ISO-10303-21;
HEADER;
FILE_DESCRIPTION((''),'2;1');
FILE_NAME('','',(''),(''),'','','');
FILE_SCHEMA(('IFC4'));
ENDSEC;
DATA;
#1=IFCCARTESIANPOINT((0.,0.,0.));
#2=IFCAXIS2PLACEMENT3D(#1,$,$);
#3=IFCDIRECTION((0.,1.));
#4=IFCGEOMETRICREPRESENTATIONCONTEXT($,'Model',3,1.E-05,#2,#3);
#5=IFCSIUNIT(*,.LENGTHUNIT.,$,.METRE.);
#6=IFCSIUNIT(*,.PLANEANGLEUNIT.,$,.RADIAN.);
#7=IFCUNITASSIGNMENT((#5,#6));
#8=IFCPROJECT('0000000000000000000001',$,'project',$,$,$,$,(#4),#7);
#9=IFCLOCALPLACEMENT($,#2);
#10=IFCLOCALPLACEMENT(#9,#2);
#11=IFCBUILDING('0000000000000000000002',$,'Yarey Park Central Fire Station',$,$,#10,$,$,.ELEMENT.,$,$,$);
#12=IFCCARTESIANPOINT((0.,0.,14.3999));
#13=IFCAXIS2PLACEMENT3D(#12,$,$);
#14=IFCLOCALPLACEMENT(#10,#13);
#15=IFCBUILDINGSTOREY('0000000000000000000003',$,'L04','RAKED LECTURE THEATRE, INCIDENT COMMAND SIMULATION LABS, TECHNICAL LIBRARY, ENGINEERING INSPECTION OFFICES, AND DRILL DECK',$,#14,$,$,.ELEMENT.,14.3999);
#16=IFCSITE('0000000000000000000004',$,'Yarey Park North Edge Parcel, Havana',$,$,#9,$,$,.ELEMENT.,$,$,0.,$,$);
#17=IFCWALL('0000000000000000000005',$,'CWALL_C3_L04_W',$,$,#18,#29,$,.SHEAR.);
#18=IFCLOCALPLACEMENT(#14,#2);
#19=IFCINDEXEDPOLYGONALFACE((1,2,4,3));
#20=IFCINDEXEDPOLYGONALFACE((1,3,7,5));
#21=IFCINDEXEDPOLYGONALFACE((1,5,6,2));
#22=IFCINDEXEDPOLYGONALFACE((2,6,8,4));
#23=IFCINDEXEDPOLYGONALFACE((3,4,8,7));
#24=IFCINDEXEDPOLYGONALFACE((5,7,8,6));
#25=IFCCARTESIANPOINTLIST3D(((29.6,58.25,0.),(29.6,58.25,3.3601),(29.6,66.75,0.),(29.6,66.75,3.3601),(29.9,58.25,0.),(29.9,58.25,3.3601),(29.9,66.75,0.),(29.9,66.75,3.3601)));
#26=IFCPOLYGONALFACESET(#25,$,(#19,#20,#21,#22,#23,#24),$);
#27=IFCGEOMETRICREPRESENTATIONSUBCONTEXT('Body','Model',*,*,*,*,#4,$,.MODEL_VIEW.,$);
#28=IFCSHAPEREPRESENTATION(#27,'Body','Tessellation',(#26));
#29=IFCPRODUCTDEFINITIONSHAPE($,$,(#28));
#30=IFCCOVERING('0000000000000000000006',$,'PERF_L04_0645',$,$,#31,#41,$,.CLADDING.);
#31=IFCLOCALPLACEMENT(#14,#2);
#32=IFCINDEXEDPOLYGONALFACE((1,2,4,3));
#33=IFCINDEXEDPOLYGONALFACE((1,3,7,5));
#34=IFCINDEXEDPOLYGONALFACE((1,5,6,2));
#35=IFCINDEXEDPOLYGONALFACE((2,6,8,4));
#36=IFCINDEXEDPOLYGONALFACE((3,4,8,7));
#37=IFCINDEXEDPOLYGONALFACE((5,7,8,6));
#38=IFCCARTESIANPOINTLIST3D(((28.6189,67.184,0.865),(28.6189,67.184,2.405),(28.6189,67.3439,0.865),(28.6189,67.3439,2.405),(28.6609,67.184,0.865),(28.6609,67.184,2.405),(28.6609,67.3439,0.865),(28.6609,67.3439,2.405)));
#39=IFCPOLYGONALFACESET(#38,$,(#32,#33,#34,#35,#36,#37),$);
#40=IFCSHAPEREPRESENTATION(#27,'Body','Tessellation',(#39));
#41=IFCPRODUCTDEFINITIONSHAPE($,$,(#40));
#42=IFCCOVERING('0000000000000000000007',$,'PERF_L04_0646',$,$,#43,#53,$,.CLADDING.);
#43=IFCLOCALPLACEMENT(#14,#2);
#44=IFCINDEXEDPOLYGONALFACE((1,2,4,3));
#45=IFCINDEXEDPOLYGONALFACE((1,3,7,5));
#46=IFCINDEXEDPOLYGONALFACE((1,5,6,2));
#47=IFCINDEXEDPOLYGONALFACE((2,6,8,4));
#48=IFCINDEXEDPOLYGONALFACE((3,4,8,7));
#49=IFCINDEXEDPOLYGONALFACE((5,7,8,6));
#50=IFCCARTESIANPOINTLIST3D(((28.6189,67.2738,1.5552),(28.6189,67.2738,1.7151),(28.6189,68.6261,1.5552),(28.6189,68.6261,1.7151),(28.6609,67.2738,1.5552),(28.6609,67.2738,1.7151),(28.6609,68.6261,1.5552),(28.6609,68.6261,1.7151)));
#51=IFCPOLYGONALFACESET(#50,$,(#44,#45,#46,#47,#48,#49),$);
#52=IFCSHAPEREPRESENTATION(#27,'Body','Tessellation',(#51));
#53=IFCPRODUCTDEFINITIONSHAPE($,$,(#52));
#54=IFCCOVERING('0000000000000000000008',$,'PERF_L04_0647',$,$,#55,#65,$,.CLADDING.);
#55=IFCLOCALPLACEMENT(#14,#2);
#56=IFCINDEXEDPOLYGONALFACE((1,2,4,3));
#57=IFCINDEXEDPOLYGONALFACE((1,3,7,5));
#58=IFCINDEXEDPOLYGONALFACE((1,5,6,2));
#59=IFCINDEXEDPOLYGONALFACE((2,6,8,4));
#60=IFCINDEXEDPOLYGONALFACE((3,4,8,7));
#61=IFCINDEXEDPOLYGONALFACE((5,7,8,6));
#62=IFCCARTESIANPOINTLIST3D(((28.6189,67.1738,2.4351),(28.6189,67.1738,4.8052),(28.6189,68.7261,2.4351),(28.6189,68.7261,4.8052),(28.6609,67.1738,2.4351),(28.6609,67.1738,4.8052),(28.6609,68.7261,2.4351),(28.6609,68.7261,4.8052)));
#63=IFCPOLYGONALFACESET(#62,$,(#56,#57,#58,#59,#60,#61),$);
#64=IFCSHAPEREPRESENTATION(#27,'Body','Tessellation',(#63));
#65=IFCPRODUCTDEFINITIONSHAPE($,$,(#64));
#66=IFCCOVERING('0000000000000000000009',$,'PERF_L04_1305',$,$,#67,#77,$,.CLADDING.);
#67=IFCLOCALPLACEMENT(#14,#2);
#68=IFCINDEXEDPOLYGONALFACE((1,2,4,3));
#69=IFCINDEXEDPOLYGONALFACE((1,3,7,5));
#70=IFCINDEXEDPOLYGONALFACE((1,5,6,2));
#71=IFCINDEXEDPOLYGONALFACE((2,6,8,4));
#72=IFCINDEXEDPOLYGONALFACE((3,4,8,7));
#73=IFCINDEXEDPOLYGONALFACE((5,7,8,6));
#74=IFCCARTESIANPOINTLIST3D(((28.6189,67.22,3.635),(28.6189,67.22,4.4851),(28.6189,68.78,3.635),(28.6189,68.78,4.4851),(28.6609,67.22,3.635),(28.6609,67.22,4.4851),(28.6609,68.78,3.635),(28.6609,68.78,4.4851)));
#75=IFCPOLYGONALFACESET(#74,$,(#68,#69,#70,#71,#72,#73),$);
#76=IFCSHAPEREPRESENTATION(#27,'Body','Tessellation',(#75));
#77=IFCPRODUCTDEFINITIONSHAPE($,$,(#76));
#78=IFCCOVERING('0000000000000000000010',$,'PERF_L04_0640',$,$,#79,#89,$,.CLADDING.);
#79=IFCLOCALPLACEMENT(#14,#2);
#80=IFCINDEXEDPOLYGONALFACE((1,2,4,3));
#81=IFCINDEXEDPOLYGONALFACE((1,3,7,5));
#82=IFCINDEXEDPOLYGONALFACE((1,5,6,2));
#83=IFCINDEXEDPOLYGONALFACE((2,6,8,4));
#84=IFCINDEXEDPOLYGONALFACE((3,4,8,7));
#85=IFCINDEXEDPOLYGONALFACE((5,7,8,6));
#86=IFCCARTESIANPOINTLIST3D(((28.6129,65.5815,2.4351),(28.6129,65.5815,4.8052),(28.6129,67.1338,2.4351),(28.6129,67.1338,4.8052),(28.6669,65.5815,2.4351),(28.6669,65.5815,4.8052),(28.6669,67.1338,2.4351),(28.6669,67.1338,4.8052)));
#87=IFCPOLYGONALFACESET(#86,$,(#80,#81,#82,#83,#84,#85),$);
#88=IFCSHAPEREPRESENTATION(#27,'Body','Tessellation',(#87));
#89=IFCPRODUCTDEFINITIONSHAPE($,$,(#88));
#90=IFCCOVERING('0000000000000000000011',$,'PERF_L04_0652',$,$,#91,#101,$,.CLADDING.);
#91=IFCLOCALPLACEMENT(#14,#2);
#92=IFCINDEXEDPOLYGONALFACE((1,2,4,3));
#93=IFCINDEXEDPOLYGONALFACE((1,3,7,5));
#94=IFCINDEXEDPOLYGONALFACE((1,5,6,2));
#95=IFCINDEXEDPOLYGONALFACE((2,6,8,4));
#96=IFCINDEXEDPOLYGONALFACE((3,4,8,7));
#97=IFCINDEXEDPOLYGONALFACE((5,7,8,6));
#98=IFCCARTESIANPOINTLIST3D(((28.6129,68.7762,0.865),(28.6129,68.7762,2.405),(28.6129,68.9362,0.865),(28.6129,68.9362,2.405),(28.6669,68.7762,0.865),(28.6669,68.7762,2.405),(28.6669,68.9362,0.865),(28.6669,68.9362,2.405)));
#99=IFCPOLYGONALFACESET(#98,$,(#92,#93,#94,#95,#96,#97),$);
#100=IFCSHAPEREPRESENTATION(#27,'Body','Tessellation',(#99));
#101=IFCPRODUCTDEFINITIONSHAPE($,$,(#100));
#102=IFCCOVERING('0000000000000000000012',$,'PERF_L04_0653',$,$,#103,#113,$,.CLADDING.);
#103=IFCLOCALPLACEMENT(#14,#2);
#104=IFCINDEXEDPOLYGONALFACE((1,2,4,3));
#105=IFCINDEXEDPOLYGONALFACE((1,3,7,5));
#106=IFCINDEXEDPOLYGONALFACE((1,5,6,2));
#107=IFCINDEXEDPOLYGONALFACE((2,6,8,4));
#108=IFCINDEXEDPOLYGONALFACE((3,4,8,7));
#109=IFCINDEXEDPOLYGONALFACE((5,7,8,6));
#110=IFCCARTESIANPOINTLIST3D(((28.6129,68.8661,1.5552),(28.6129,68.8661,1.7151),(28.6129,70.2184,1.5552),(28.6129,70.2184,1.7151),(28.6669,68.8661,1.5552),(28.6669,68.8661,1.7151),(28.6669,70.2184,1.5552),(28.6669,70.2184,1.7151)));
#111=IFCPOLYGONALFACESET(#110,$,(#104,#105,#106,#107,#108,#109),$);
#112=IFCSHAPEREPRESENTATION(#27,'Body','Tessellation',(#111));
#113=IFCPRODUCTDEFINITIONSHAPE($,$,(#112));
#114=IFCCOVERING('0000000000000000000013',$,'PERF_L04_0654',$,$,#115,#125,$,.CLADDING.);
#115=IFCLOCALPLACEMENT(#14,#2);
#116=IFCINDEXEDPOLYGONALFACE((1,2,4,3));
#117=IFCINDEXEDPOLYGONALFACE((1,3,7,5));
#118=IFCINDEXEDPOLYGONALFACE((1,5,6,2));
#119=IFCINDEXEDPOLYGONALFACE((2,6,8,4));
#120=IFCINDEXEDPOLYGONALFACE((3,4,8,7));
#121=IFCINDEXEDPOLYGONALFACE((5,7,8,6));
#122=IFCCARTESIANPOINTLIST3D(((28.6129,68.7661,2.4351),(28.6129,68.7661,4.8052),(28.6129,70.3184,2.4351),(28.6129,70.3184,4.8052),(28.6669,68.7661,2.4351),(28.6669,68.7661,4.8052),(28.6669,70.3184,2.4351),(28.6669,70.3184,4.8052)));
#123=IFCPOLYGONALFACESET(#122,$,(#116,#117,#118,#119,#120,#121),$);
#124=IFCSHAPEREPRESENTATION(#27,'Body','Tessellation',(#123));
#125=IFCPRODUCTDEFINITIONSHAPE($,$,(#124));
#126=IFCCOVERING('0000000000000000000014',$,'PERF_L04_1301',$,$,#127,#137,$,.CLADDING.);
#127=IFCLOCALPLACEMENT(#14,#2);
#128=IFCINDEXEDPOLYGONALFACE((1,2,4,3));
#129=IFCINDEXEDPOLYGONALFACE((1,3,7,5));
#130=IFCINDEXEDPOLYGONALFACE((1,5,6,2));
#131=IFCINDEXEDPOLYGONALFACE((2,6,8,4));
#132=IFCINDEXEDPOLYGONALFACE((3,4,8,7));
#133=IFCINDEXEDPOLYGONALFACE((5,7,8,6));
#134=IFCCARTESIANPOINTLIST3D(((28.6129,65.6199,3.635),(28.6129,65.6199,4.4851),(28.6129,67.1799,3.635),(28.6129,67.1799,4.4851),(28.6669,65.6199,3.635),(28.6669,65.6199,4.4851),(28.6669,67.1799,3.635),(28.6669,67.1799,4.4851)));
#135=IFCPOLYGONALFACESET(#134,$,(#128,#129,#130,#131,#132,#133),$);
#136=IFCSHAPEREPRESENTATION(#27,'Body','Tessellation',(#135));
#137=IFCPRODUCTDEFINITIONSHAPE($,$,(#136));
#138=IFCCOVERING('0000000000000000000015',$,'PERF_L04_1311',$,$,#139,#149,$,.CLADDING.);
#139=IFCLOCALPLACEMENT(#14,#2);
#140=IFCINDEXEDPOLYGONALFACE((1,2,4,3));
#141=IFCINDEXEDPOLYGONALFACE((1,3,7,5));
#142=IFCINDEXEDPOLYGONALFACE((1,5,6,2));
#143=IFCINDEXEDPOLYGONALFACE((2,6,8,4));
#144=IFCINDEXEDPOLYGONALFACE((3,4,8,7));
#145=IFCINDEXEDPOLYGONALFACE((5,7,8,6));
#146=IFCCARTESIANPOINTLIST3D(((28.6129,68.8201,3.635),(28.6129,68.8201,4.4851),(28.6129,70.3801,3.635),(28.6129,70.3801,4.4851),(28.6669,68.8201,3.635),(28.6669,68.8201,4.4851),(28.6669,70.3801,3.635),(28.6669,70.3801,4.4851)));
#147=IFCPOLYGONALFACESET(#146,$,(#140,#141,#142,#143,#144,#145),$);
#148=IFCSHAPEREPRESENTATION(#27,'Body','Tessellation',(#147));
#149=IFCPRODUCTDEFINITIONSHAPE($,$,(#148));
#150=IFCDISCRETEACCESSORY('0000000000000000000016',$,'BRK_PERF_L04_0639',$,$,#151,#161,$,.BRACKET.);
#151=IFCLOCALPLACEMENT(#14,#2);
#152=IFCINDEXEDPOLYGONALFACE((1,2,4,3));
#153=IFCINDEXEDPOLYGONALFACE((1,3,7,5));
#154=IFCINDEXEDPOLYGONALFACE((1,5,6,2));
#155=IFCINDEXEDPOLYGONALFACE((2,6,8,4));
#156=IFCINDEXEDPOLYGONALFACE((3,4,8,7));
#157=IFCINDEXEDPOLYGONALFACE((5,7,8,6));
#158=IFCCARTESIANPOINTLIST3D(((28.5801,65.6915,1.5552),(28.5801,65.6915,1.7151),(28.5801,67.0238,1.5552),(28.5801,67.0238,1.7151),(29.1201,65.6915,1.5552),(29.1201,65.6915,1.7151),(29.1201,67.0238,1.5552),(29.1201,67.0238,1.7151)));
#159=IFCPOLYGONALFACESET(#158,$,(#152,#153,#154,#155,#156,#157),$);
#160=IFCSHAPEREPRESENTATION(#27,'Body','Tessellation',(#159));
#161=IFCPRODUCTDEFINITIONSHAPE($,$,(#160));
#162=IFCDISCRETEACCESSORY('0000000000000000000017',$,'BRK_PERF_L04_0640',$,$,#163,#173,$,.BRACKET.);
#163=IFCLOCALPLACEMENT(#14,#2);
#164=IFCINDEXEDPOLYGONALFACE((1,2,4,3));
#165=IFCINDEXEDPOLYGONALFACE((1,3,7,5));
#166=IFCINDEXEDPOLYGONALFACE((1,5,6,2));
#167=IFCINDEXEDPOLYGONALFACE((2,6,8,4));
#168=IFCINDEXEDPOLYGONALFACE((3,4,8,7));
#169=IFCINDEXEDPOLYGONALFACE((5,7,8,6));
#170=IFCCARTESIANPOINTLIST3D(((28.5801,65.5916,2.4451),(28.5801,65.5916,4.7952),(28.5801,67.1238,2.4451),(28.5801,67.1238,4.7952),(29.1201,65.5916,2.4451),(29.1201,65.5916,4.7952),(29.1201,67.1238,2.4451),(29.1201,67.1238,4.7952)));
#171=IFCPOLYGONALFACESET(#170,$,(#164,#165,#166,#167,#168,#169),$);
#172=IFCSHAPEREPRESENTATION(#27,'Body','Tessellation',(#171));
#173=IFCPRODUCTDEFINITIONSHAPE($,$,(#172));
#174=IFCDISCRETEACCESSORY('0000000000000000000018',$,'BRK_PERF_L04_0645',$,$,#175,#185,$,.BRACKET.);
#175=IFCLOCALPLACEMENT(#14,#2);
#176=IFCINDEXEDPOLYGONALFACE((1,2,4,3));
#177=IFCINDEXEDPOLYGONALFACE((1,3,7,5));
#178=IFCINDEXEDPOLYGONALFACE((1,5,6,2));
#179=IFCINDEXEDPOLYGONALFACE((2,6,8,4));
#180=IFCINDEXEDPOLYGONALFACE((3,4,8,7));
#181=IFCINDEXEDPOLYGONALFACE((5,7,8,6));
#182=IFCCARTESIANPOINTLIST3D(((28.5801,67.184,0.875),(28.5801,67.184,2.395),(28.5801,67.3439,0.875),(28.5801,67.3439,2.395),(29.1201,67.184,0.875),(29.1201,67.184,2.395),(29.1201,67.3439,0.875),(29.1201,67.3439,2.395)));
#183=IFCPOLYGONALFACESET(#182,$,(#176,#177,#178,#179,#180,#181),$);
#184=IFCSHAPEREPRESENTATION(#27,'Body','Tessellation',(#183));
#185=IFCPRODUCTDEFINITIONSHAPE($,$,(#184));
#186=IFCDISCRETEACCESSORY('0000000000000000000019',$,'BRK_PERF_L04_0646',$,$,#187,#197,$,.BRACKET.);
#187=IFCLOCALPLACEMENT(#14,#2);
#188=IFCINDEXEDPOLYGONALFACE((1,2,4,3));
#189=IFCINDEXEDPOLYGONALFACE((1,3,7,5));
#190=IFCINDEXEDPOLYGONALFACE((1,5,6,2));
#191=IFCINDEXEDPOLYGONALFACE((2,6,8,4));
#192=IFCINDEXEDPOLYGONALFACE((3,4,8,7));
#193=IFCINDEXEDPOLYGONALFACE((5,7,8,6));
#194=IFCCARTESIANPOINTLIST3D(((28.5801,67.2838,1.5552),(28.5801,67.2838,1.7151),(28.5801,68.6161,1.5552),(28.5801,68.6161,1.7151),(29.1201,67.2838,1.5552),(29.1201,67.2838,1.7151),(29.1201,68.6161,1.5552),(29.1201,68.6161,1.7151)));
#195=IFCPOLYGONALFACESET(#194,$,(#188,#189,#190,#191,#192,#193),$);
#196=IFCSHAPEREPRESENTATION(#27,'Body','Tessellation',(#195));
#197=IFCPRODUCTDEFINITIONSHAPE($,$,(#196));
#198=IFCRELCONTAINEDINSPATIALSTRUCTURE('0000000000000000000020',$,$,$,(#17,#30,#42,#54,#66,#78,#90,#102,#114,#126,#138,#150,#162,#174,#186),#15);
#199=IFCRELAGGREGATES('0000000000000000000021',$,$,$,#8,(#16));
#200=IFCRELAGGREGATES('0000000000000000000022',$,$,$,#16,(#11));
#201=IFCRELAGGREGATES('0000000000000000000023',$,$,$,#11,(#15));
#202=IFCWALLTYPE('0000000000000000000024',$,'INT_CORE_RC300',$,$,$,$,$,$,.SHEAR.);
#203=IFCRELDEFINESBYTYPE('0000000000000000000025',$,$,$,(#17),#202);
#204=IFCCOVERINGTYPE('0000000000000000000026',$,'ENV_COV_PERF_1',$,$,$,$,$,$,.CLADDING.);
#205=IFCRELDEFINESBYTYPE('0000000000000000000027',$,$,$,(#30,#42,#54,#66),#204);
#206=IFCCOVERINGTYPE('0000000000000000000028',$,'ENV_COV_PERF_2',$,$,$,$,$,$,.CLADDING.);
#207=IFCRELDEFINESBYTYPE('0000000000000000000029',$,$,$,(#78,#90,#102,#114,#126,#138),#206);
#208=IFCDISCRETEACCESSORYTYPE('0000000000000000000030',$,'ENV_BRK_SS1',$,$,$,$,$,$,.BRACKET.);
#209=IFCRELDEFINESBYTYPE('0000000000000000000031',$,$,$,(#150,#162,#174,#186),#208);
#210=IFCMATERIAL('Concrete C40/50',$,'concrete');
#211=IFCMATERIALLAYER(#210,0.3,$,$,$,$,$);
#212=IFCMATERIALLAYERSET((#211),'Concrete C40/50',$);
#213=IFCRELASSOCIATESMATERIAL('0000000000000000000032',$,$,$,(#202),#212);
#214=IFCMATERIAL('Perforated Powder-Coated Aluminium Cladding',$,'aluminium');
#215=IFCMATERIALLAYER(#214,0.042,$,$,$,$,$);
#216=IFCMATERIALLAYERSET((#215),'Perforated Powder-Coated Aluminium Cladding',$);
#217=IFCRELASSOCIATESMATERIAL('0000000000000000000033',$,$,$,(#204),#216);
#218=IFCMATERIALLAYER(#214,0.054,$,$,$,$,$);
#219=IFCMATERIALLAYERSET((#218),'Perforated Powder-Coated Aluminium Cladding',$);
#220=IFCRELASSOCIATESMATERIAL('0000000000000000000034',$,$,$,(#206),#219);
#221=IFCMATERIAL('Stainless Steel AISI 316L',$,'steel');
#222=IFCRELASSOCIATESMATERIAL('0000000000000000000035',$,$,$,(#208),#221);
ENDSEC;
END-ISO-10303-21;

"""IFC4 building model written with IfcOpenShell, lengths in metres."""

from ifc_helpers import new_model, si_unit, direction, frame, frame_2d, origin, origin_2d, place, context, subcontext, project, spatial, rectangle, extrude, material, layer, layer_set, type_object, element, save


model = new_model("IFC4")

# Units and contexts
model_context = context("Model", 3, precision=1e-05, world=origin(), true_north=direction((0.0, 1.0)))
body_context = subcontext(model_context, "Body", "Model", "MODEL_VIEW")
ifc_project = project(units=[si_unit("LENGTHUNIT", "METRE"), si_unit("PLANEANGLEUNIT", "RADIAN")], contexts=[model_context])

# Site, building, storey
site_placement = place(None, origin())
site = spatial("IfcSite", under=ifc_project, at=site_placement, Name="Yarey Park North Edge Parcel, Havana", CompositionType="ELEMENT", RefElevation=0.0)
building_placement = place(site_placement, origin())
building = spatial("IfcBuilding", under=site, at=building_placement, Name="Yarey Park Central Fire Station", CompositionType="ELEMENT")
storey_placement = place(building_placement, frame((0.0, 0.0, 14.3999)))
storey = spatial("IfcBuildingStorey", under=building, at=storey_placement, Name="L04", Description="RAKED LECTURE THEATRE, INCIDENT COMMAND SIMULATION LABS, TECHNICAL LIBRARY, ENGINEERING INSPECTION OFFICES, AND DRILL DECK", CompositionType="ELEMENT", Elevation=14.3999)

# Wall
ifc_material_1 = material(Name="Concrete C40/50", Category="concrete")
ifc_layer_1 = layer(ifc_material_1, 0.3)
ifc_layer_set_1 = layer_set([ifc_layer_1], Name="Concrete C40/50")
wall_type = type_object("IfcWallType", Name="INT_CORE_RC300", PredefinedType="SHEAR", material=ifc_layer_set_1)
wall_placement = place(storey_placement, frame((29.75, 66.75, 0.0), z_axis=(0.0, 0.0, 1.0), x_axis=(0.0, -1.0, 0.0)))
element("IfcWall", 1, at=wall_placement, inside=storey, type_object=wall_type, Name="CWALL_C3_L04_W", PredefinedType="SHEAR", context=body_context, shape_type="SweptSolid", body=[
    extrude(rectangle(XDim=8.5, YDim=0.3, at=frame_2d((4.25, 0.0))), origin(), (0.0, 0.0, 1.0), 3.3601),
])

# Coverings
ifc_material_2 = material(Name="Perforated Powder-Coated Aluminium Cladding", Category="aluminium")
ifc_layer_2 = layer(ifc_material_2, 0.042)
ifc_layer_set_2 = layer_set([ifc_layer_2], Name="Perforated Powder-Coated Aluminium Cladding")
covering_type_1 = type_object("IfcCoveringType", Name="ENV_COV_PERF_1", PredefinedType="CLADDING", material=ifc_layer_set_2)
covering_1_placement = place(storey_placement, frame((28.6399, 67.2639, 0.865), z_axis=(0.0, 0.0, 1.0), x_axis=(0.0, 1.0, 0.0)))
element("IfcCovering", 2, at=covering_1_placement, inside=storey, type_object=covering_type_1, Name="PERF_L04_0645", PredefinedType="CLADDING", context=body_context, shape_type="SweptSolid", body=[
    extrude(rectangle(XDim=0.1599, YDim=0.042, at=origin_2d()), origin(), (0.0, 0.0, 1.0), 1.54),
])
covering_2_placement = place(storey_placement, frame((28.6399, 67.95, 1.5552), z_axis=(0.0, 0.0, 1.0), x_axis=(0.0, 1.0, 0.0)))
element("IfcCovering", 3, at=covering_2_placement, inside=storey, type_object=covering_type_1, Name="PERF_L04_0646", PredefinedType="CLADDING", context=body_context, shape_type="SweptSolid", body=[
    extrude(rectangle(XDim=1.3523, YDim=0.042, at=origin_2d()), origin(), (0.0, 0.0, 1.0), 0.1599),
])
covering_3_placement = place(storey_placement, frame((28.6399, 67.95, 2.4351), z_axis=(0.0, 0.0, 1.0), x_axis=(0.0, 1.0, 0.0)))
element("IfcCovering", 4, at=covering_3_placement, inside=storey, type_object=covering_type_1, Name="PERF_L04_0647", PredefinedType="CLADDING", context=body_context, shape_type="SweptSolid", body=[
    extrude(rectangle(XDim=1.5522, YDim=0.042, at=origin_2d()), origin(), (0.0, 0.0, 1.0), 2.3701),
])
covering_4_placement = place(storey_placement, frame((28.6399, 68.0, 3.635), z_axis=(0.0, 0.0, 1.0), x_axis=(0.0, 1.0, 0.0)))
element("IfcCovering", 5, at=covering_4_placement, inside=storey, type_object=covering_type_1, Name="PERF_L04_1305", PredefinedType="CLADDING", context=body_context, shape_type="SweptSolid", body=[
    extrude(rectangle(XDim=1.5601, YDim=0.042, at=origin_2d()), origin(), (0.0, 0.0, 1.0), 0.8501),
])
ifc_layer_3 = layer(ifc_material_2, 0.054)
ifc_layer_set_3 = layer_set([ifc_layer_3], Name="Perforated Powder-Coated Aluminium Cladding")
covering_type_2 = type_object("IfcCoveringType", Name="ENV_COV_PERF_2", PredefinedType="CLADDING", material=ifc_layer_set_3)
covering_5_placement = place(storey_placement, frame((28.6399, 66.3577, 2.4351), z_axis=(0.0, 0.0, 1.0), x_axis=(0.0, 1.0, 0.0)))
element("IfcCovering", 6, at=covering_5_placement, inside=storey, type_object=covering_type_2, Name="PERF_L04_0640", PredefinedType="CLADDING", context=body_context, shape_type="SweptSolid", body=[
    extrude(rectangle(XDim=1.5522, YDim=0.054, at=origin_2d()), origin(), (0.0, 0.0, 1.0), 2.3701),
])
covering_6_placement = place(storey_placement, frame((28.6399, 68.8562, 0.865), z_axis=(0.0, 0.0, 1.0), x_axis=(0.0, 1.0, 0.0)))
element("IfcCovering", 7, at=covering_6_placement, inside=storey, type_object=covering_type_2, Name="PERF_L04_0652", PredefinedType="CLADDING", context=body_context, shape_type="SweptSolid", body=[
    extrude(rectangle(XDim=0.1599, YDim=0.054, at=origin_2d()), origin(), (0.0, 0.0, 1.0), 1.54),
])
covering_7_placement = place(storey_placement, frame((28.6399, 69.5422, 1.5552), z_axis=(0.0, 0.0, 1.0), x_axis=(0.0, 1.0, 0.0)))
element("IfcCovering", 8, at=covering_7_placement, inside=storey, type_object=covering_type_2, Name="PERF_L04_0653", PredefinedType="CLADDING", context=body_context, shape_type="SweptSolid", body=[
    extrude(rectangle(XDim=1.3523, YDim=0.054, at=origin_2d()), origin(), (0.0, 0.0, 1.0), 0.1599),
])
covering_8_placement = place(storey_placement, frame((28.6399, 69.5422, 2.4351), z_axis=(0.0, 0.0, 1.0), x_axis=(0.0, 1.0, 0.0)))
element("IfcCovering", 9, at=covering_8_placement, inside=storey, type_object=covering_type_2, Name="PERF_L04_0654", PredefinedType="CLADDING", context=body_context, shape_type="SweptSolid", body=[
    extrude(rectangle(XDim=1.5522, YDim=0.054, at=origin_2d()), origin(), (0.0, 0.0, 1.0), 2.3701),
])
for number, where, z_axis, x_axis, name in (
    (10, (28.6399, 66.3999, 3.635), (0.0, 0.0, 1.0), (0.0, 1.0, 0.0), "PERF_L04_1301"),
    (11, (28.6399, 69.6001, 3.635), (0.0, 0.0, 1.0), (0.0, 1.0, 0.0), "PERF_L04_1311"),
):
    element("IfcCovering", number, at=place(storey_placement, frame(where, z_axis=z_axis, x_axis=x_axis)), inside=storey, type_object=covering_type_2, Name=name, PredefinedType="CLADDING", context=body_context, shape_type="SweptSolid", body=[
        extrude(rectangle(XDim=1.5601, YDim=0.054, at=origin_2d()), origin(), (0.0, 0.0, 1.0), 0.8501),
    ])

# Discrete accessories
ifc_material_3 = material(Name="Stainless Steel AISI 316L", Category="steel")
discrete_accessory_type = type_object("IfcDiscreteAccessoryType", Name="ENV_BRK_SS1", PredefinedType="BRACKET", material=ifc_material_3)
discrete_accessory_1_placement = place(storey_placement, frame((28.8501, 66.3577, 1.5552), z_axis=(0.0, 0.0, 1.0), x_axis=(1.0, 0.0, 0.0)))
element("IfcDiscreteAccessory", 12, at=discrete_accessory_1_placement, inside=storey, type_object=discrete_accessory_type, Name="BRK_PERF_L04_0639", PredefinedType="BRACKET", context=body_context, shape_type="SweptSolid", body=[
    extrude(rectangle(XDim=0.54, YDim=1.3323, at=origin_2d()), origin(), (0.0, 0.0, 1.0), 0.1599),
])
discrete_accessory_2_placement = place(storey_placement, frame((28.8501, 66.3577, 2.4451), z_axis=(0.0, 0.0, 1.0), x_axis=(1.0, 0.0, 0.0)))
element("IfcDiscreteAccessory", 13, at=discrete_accessory_2_placement, inside=storey, type_object=discrete_accessory_type, Name="BRK_PERF_L04_0640", PredefinedType="BRACKET", context=body_context, shape_type="SweptSolid", body=[
    extrude(rectangle(XDim=0.54, YDim=1.5322, at=origin_2d()), origin(), (0.0, 0.0, 1.0), 2.3501),
])
discrete_accessory_3_placement = place(storey_placement, frame((28.8501, 67.2639, 0.875), z_axis=(0.0, 0.0, 1.0), x_axis=(1.0, 0.0, 0.0)))
element("IfcDiscreteAccessory", 14, at=discrete_accessory_3_placement, inside=storey, type_object=discrete_accessory_type, Name="BRK_PERF_L04_0645", PredefinedType="BRACKET", context=body_context, shape_type="SweptSolid", body=[
    extrude(rectangle(XDim=0.54, YDim=0.1599, at=origin_2d()), origin(), (0.0, 0.0, 1.0), 1.52),
])
discrete_accessory_4_placement = place(storey_placement, frame((28.8501, 67.95, 1.5552), z_axis=(0.0, 0.0, 1.0), x_axis=(1.0, 0.0, 0.0)))
element("IfcDiscreteAccessory", 15, at=discrete_accessory_4_placement, inside=storey, type_object=discrete_accessory_type, Name="BRK_PERF_L04_0646", PredefinedType="BRACKET", context=body_context, shape_type="SweptSolid", body=[
    extrude(rectangle(XDim=0.54, YDim=1.3323, at=origin_2d()), origin(), (0.0, 0.0, 1.0), 0.1599),
])

save(model, "model.ifc")
